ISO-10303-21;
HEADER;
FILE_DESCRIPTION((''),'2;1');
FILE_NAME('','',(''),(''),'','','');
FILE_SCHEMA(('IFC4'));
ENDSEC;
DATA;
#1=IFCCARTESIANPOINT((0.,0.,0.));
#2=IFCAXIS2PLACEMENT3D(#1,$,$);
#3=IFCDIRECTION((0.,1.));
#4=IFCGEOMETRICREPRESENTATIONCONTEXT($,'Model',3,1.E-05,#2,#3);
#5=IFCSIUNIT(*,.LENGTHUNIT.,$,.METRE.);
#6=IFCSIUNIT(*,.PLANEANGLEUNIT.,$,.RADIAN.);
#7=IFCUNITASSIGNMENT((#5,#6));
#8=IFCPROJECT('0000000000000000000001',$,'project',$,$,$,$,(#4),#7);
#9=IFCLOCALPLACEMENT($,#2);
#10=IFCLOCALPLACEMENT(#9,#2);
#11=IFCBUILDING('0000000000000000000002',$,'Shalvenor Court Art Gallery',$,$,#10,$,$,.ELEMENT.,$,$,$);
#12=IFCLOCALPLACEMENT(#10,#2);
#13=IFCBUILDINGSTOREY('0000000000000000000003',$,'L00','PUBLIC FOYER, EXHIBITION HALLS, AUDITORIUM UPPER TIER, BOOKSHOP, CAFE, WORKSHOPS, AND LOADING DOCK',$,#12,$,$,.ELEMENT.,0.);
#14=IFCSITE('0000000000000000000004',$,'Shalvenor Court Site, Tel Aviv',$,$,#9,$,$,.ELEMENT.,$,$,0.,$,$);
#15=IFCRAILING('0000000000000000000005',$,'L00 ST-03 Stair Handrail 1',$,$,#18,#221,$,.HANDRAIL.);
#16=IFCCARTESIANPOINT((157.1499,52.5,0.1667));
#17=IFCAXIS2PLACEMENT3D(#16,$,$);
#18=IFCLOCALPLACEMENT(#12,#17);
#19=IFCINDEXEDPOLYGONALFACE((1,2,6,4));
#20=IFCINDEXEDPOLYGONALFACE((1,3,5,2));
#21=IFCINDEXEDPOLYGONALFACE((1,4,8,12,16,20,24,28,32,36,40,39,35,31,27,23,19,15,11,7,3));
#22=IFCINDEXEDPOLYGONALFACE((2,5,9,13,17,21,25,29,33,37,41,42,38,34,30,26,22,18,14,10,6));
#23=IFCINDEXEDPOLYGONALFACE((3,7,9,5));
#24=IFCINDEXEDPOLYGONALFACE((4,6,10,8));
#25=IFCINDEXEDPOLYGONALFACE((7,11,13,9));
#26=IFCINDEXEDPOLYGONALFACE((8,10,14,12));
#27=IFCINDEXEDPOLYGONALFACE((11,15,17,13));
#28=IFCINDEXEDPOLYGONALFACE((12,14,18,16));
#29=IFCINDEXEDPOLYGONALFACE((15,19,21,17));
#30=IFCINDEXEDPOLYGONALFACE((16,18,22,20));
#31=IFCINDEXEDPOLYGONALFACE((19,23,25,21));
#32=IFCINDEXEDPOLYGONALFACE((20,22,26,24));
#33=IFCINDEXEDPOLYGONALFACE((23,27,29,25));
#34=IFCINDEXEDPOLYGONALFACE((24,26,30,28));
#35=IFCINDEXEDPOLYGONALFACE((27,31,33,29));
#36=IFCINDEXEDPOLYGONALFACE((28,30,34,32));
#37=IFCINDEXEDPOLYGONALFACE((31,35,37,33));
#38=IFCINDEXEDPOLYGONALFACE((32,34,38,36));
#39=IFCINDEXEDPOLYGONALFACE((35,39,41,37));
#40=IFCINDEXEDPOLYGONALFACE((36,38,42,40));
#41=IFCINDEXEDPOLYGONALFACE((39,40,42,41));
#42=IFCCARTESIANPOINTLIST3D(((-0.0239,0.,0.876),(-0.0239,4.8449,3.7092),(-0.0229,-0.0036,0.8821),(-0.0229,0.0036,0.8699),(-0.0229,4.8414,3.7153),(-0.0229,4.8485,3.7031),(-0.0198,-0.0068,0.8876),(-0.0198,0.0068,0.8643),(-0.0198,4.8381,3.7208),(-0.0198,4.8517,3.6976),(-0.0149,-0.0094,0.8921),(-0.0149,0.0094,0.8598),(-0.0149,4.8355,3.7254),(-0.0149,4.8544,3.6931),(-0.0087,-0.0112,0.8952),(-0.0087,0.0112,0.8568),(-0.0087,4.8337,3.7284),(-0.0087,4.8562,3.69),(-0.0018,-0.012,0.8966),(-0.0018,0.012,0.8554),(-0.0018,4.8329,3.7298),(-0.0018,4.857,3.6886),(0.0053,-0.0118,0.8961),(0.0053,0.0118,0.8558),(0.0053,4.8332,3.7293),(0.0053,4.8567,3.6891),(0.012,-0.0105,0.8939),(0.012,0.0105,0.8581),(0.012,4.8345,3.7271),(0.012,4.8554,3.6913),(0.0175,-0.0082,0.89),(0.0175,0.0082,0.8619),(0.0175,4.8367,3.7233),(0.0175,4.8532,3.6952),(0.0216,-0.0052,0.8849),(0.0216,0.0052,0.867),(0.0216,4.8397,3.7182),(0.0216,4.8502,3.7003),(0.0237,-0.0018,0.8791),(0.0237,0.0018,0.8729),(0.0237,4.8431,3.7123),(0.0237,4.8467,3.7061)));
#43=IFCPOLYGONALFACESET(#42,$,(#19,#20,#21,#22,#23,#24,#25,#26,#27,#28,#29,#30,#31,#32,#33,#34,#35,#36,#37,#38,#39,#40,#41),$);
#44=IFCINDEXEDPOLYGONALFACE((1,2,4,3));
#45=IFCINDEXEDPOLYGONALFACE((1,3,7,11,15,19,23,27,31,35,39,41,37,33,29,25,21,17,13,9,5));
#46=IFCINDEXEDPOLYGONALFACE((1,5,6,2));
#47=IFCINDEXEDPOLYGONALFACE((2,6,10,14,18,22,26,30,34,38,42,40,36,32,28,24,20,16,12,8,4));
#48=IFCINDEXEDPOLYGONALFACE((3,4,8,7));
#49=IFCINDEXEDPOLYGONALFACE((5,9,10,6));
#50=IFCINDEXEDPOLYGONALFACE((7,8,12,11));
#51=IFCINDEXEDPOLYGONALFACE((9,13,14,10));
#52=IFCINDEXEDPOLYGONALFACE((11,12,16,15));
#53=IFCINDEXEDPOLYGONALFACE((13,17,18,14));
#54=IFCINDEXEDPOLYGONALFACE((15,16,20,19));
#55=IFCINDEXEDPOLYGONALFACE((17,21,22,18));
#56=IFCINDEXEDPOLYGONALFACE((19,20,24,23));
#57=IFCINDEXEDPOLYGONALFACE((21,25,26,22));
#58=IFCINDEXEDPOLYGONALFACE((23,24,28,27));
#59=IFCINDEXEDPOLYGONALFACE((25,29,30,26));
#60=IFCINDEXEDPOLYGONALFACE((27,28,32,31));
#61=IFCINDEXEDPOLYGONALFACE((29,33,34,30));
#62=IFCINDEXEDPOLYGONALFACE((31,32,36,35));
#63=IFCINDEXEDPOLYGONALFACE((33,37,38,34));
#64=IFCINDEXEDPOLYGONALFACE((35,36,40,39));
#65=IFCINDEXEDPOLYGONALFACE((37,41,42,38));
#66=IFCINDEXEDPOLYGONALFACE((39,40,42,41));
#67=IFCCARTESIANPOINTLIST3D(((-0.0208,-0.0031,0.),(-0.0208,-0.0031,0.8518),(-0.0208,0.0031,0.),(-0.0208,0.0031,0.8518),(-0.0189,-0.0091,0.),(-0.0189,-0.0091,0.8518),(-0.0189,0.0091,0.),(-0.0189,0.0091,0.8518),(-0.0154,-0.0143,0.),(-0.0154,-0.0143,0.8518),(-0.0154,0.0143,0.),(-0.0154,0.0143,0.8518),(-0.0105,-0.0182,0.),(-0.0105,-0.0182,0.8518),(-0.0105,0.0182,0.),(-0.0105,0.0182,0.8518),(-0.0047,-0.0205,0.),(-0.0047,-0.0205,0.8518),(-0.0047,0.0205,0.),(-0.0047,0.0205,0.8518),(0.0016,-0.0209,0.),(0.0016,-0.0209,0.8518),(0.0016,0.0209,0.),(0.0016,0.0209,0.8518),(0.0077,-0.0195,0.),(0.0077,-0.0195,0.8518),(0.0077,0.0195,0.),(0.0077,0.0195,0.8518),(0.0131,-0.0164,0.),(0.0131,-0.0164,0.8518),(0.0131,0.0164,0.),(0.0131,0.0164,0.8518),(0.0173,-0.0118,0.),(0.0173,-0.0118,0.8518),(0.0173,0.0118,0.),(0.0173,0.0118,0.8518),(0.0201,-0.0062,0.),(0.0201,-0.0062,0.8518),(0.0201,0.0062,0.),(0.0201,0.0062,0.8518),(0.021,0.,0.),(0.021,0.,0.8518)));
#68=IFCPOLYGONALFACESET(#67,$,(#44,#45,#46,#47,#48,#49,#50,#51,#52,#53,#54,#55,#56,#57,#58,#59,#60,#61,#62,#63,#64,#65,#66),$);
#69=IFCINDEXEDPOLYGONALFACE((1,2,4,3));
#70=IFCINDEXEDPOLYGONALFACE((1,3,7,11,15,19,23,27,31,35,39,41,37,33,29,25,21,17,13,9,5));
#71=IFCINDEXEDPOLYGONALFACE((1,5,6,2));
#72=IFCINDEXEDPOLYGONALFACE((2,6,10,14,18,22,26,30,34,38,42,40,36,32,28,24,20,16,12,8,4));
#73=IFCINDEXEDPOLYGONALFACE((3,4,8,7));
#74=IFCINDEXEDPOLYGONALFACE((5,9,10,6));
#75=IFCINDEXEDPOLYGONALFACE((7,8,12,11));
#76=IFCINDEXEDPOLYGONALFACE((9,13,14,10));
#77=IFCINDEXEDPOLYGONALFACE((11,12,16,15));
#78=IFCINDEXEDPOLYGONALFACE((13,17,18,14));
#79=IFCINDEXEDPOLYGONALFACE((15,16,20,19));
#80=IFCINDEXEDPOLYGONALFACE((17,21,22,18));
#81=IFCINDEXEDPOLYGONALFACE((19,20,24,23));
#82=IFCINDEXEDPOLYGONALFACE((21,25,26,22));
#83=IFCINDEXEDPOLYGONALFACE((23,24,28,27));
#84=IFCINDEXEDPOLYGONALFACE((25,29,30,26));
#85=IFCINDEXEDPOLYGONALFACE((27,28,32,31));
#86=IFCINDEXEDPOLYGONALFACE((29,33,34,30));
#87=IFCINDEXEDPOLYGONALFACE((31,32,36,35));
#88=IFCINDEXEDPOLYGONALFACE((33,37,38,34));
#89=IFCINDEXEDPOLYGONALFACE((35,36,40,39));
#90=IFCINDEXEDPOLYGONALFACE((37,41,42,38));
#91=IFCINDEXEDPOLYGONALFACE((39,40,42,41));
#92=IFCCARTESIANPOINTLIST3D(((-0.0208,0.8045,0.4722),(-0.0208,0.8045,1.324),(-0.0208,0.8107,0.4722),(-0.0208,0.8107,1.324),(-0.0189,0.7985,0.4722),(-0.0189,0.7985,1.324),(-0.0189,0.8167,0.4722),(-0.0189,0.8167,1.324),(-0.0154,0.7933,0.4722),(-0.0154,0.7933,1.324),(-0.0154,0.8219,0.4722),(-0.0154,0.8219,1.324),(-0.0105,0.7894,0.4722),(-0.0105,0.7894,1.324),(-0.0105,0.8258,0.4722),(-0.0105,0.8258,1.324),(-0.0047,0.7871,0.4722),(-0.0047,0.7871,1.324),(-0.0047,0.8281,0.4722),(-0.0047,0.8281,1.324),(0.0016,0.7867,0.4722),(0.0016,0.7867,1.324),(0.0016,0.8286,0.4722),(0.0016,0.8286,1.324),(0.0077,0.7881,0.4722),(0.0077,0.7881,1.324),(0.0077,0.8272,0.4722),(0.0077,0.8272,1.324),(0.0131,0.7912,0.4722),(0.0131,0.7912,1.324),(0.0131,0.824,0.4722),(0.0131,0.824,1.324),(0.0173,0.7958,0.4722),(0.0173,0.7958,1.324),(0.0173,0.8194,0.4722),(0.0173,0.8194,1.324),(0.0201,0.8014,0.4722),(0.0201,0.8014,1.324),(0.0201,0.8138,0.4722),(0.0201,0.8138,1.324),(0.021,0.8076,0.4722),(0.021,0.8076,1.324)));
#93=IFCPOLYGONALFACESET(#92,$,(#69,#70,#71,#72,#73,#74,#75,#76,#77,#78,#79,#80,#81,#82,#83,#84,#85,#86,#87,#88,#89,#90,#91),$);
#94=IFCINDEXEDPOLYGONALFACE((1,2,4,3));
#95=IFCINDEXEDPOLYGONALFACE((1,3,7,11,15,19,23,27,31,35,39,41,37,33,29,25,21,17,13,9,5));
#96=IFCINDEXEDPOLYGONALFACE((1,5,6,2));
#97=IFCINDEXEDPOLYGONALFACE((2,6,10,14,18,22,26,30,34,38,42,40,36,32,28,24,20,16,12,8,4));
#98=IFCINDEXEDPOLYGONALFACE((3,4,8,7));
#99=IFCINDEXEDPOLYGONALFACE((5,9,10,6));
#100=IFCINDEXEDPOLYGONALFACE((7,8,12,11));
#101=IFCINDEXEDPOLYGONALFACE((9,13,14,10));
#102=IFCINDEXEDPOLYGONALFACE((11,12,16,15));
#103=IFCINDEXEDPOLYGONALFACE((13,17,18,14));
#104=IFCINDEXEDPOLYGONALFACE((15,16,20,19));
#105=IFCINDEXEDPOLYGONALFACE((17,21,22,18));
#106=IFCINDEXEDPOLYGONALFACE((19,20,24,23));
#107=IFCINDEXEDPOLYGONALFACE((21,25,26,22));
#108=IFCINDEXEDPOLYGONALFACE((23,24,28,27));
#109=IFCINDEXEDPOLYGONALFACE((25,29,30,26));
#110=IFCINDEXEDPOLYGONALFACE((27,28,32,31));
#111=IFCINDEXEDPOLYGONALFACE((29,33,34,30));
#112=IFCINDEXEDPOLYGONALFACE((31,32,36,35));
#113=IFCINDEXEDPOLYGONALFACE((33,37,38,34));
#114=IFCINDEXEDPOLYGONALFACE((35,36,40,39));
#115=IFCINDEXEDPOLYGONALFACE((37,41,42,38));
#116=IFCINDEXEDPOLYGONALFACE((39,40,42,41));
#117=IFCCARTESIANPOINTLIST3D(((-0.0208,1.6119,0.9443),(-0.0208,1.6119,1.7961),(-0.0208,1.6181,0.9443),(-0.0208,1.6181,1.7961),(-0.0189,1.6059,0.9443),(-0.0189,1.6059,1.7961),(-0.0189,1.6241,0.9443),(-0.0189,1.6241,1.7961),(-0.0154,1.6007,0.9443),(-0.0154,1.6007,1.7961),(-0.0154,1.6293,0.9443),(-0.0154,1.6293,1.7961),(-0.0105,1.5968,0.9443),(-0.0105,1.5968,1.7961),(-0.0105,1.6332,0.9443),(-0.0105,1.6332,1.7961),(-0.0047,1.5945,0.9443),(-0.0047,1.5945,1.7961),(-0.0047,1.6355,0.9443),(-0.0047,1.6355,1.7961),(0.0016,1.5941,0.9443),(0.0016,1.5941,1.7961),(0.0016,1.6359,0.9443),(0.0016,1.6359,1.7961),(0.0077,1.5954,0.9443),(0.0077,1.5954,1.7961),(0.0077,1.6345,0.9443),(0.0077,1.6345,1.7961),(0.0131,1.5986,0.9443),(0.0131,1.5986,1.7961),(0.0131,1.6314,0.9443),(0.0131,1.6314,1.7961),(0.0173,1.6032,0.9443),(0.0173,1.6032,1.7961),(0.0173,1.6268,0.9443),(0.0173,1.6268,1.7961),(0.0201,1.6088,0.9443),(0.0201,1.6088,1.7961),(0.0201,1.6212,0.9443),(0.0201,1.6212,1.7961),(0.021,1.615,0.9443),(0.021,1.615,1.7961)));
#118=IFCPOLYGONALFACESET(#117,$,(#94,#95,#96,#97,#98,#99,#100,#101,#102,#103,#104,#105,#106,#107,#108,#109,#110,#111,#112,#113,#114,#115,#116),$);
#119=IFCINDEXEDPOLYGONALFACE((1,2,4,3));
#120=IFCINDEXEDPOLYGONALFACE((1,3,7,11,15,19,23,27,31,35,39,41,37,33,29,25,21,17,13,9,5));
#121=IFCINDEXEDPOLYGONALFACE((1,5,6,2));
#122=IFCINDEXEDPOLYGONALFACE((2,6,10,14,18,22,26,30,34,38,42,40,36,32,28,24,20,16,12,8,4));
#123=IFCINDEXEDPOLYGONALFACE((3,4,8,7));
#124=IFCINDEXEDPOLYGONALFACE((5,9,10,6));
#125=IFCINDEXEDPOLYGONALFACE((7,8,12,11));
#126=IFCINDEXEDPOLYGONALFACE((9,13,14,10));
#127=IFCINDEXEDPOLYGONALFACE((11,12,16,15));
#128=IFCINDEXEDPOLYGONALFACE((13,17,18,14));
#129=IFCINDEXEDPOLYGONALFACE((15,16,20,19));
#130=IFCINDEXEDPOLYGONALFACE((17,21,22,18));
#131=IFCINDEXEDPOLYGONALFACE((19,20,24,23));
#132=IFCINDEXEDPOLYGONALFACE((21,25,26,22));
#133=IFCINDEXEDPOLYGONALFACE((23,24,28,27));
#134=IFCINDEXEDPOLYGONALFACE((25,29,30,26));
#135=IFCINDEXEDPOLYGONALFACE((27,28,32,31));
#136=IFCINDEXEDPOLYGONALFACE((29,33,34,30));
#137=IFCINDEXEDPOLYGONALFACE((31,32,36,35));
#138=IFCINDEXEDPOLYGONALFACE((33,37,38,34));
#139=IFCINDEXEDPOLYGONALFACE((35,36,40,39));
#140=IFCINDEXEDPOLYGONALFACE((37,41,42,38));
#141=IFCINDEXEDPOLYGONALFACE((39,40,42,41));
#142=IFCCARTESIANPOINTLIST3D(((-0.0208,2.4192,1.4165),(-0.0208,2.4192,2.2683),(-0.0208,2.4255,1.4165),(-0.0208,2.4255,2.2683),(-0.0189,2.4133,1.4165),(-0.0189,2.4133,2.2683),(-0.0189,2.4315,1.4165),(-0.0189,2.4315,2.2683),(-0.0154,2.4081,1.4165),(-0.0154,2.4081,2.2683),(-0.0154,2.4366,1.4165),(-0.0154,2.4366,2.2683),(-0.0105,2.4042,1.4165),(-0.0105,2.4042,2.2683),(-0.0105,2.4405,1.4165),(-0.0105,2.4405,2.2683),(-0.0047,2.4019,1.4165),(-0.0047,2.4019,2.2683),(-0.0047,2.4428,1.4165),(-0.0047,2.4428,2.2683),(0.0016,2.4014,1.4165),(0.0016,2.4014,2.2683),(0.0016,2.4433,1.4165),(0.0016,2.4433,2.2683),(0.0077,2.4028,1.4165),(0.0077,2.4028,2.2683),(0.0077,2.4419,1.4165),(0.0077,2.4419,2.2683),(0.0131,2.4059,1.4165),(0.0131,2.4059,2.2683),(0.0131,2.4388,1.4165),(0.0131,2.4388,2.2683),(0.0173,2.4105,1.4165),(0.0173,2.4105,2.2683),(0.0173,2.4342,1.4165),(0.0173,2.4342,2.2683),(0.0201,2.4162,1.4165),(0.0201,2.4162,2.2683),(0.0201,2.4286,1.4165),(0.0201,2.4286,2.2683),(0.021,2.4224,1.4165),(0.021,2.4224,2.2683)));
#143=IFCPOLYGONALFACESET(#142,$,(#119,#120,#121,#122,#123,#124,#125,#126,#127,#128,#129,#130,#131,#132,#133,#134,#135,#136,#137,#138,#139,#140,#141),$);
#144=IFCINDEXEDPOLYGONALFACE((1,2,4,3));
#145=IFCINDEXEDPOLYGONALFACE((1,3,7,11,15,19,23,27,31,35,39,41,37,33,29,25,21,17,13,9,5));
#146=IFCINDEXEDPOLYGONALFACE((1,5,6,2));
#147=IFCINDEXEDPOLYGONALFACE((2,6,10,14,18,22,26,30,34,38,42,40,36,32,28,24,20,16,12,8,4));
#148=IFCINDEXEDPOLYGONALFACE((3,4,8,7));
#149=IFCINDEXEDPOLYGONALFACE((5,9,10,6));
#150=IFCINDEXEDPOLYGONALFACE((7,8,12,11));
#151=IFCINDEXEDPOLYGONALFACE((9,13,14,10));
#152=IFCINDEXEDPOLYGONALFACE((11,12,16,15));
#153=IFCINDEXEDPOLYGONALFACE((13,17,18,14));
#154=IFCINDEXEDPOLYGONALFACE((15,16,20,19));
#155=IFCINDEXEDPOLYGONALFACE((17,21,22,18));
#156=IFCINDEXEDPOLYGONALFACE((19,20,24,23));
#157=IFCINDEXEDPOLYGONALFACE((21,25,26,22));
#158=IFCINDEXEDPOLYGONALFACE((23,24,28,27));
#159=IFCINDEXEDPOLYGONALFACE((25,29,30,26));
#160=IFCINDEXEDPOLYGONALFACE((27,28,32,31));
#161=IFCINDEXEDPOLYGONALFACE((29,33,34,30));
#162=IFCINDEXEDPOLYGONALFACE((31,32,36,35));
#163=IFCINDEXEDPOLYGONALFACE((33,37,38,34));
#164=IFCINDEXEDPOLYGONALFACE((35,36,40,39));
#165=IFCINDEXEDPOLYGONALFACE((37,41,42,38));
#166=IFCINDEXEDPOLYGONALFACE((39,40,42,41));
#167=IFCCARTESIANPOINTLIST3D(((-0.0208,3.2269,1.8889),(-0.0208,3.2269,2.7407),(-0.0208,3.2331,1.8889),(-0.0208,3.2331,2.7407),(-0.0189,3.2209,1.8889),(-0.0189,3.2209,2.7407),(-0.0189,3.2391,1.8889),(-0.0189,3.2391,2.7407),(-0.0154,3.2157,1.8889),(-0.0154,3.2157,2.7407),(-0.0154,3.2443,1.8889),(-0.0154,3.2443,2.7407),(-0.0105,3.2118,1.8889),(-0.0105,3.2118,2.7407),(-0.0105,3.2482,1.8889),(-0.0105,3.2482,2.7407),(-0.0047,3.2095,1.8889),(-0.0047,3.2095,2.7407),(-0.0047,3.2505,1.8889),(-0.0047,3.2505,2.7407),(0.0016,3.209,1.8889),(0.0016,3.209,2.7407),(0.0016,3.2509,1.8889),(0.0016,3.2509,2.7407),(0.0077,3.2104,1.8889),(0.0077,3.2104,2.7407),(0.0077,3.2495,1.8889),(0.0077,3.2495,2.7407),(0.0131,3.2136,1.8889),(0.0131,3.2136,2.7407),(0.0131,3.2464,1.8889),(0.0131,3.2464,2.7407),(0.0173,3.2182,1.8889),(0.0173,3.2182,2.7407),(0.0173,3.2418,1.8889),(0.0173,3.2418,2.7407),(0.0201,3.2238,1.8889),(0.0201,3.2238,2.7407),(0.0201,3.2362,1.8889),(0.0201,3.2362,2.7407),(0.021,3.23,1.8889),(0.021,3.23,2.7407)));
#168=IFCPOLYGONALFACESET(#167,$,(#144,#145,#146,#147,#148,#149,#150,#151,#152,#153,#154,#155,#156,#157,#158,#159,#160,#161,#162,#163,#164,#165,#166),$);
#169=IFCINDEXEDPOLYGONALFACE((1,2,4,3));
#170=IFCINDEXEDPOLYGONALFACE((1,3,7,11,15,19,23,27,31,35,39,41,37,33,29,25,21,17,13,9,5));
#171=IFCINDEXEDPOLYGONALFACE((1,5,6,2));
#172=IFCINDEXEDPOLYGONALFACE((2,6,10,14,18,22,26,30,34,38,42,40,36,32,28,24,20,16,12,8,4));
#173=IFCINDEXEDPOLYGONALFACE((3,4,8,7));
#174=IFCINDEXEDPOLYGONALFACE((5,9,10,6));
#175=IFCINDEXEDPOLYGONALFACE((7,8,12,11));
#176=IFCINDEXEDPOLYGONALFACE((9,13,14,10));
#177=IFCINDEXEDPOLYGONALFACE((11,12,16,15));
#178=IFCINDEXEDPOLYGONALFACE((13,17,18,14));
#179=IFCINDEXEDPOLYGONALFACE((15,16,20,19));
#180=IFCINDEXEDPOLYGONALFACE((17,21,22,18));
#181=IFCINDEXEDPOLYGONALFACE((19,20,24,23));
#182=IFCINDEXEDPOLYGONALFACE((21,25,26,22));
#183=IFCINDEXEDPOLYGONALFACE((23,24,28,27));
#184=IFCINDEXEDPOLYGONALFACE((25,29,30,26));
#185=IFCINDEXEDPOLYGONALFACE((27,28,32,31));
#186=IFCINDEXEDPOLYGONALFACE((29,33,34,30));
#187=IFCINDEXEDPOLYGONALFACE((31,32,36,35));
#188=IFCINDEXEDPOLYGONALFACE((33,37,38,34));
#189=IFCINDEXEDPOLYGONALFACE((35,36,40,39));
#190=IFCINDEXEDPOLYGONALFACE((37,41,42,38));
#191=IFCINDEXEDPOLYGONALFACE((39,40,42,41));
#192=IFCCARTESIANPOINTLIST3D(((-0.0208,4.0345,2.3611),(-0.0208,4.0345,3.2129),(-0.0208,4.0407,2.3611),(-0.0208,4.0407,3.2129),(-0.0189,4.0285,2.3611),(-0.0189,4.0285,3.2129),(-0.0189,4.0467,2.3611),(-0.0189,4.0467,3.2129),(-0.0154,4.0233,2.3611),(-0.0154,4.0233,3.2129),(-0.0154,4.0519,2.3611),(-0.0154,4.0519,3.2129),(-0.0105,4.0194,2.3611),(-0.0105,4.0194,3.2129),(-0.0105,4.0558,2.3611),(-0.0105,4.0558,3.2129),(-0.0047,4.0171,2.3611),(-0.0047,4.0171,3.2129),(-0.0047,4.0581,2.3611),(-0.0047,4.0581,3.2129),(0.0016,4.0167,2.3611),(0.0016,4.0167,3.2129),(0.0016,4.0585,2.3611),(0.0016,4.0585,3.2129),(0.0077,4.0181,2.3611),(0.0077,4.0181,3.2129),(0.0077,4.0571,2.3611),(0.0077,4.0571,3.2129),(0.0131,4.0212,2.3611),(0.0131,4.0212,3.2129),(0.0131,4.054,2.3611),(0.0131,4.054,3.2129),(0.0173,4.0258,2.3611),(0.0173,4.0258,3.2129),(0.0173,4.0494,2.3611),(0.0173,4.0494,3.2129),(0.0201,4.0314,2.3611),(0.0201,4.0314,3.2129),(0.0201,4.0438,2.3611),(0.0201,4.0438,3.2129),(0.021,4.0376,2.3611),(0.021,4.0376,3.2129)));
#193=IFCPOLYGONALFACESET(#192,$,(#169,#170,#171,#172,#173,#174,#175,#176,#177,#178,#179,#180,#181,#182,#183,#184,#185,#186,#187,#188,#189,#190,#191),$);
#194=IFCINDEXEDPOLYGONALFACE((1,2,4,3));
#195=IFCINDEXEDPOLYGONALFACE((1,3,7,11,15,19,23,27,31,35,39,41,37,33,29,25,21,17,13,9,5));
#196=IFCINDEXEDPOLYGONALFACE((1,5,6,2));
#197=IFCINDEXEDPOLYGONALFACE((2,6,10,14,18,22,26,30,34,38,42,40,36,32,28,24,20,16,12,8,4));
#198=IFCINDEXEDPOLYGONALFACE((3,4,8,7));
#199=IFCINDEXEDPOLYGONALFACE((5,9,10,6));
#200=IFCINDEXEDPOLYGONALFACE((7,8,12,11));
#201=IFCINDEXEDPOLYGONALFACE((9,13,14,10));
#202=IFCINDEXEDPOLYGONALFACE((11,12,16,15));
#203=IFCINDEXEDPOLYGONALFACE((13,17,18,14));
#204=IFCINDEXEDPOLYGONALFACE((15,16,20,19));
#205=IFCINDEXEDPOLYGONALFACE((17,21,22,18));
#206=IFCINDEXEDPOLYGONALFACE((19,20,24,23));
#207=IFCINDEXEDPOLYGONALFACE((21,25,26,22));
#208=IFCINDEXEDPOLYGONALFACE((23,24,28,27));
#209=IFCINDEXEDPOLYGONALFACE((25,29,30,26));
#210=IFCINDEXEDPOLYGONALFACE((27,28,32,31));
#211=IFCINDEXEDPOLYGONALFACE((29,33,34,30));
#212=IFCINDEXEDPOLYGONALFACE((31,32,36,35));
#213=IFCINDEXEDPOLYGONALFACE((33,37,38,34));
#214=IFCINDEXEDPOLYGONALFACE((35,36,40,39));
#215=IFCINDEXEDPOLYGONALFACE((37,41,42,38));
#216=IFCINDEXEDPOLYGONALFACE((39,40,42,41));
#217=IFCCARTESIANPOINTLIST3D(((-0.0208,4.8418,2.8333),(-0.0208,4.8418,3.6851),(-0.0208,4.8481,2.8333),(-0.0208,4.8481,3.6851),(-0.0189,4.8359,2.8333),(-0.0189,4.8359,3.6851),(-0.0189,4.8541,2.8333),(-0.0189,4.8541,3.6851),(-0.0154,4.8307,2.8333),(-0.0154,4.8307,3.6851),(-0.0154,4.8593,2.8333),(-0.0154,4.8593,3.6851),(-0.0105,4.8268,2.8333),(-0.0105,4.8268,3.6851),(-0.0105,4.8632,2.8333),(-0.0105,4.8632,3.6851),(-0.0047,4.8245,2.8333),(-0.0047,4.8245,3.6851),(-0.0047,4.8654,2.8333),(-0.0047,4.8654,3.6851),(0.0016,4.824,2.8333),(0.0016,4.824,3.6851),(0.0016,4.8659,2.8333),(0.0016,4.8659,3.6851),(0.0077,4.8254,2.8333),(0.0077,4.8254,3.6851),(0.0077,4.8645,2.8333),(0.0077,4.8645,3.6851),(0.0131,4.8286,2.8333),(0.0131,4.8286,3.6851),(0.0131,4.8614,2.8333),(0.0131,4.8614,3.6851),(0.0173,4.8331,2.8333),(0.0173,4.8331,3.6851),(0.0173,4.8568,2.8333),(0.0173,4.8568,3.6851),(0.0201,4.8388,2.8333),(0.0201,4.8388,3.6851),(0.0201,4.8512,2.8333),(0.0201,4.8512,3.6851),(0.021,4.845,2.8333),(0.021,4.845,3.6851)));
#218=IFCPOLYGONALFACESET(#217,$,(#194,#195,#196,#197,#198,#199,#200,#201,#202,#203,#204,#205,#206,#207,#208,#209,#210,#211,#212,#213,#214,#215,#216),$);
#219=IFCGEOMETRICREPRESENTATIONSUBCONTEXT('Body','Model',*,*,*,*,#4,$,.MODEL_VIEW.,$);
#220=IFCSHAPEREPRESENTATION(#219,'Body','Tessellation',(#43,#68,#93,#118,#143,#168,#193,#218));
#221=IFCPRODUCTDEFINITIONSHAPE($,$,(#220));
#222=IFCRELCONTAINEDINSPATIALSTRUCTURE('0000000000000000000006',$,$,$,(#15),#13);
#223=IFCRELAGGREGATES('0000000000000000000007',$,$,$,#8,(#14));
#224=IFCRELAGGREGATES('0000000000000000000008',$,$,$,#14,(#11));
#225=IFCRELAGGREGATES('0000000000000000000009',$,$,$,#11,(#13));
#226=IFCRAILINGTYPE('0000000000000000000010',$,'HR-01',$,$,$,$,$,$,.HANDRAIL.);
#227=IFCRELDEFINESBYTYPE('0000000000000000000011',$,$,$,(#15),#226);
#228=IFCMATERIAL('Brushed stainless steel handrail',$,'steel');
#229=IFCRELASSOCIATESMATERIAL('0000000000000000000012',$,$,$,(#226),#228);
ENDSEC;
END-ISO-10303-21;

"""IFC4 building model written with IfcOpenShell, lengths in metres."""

from ifc_helpers import new_model, si_unit, direction, frame, origin, origin_2d, place, context, subcontext, project, spatial, circle, extrude, material, type_object, element, save


model = new_model("IFC4")

# Units and contexts
model_context = context("Model", 3, precision=1e-05, world=origin(), true_north=direction((0.0, 1.0)))
body_context = subcontext(model_context, "Body", "Model", "MODEL_VIEW")
ifc_project = project(units=[si_unit("LENGTHUNIT", "METRE"), si_unit("PLANEANGLEUNIT", "RADIAN")], contexts=[model_context])

# Site, building, storey
site_placement = place(None, origin())
site = spatial("IfcSite", under=ifc_project, at=site_placement, Name="Shalvenor Court Site, Tel Aviv", CompositionType="ELEMENT", RefElevation=0.0)
building_placement = place(site_placement, origin())
building = spatial("IfcBuilding", under=site, at=building_placement, Name="Shalvenor Court Art Gallery", CompositionType="ELEMENT")
storey_placement = place(building_placement, origin())
storey = spatial("IfcBuildingStorey", under=building, at=storey_placement, Name="L00", Description="PUBLIC FOYER, EXHIBITION HALLS, AUDITORIUM UPPER TIER, BOOKSHOP, CAFE, WORKSHOPS, AND LOADING DOCK", CompositionType="ELEMENT", Elevation=0.0)

# Railing
ifc_material_1 = material(Name="Brushed stainless steel handrail", Category="steel")
railing_type_1 = type_object("IfcRailingType", Name="HR-01", PredefinedType="HANDRAIL", material=ifc_material_1)
railing_1_placement = place(storey_placement, frame((157.1499, 52.5, 0.1667)))
element("IfcRailing", 1, at=railing_1_placement, inside=storey, type_object=railing_type_1, Name="L00 ST-03 Stair Handrail 1", PredefinedType="HANDRAIL", context=body_context, shape_type="SweptSolid", body=[
    extrude(circle(Radius=0.0239, at=origin_2d()), frame((0.0, 0.0, 0.876), z_axis=(0.0, 0.863234, 0.504804), x_axis=(-1.0, 0.0, 0.0)), (0.0, 0.0, 1.0), 5.6125),
    extrude(circle(Radius=0.021, at=origin_2d()), origin(), (0.0, 0.0, 1.0), 0.8518),
    extrude(circle(Radius=0.021, at=origin_2d()), frame((0.0, 0.8076, 0.4722)), (0.0, 0.0, 1.0), 0.8518),
    extrude(circle(Radius=0.021, at=origin_2d()), frame((0.0, 1.615, 0.9443)), (0.0, 0.0, 1.0), 0.8518),
    extrude(circle(Radius=0.021, at=origin_2d()), frame((0.0, 2.4224, 1.4165)), (0.0, 0.0, 1.0), 0.8518),
    extrude(circle(Radius=0.021, at=origin_2d()), frame((0.0, 3.23, 1.8889)), (0.0, 0.0, 1.0), 0.8518),
    extrude(circle(Radius=0.021, at=origin_2d()), frame((0.0, 4.0376, 2.3611)), (0.0, 0.0, 1.0), 0.8518),
    extrude(circle(Radius=0.021, at=origin_2d()), frame((0.0, 4.845, 2.8333)), (0.0, 0.0, 1.0), 0.8518),
])

save(model, "model.ifc")
